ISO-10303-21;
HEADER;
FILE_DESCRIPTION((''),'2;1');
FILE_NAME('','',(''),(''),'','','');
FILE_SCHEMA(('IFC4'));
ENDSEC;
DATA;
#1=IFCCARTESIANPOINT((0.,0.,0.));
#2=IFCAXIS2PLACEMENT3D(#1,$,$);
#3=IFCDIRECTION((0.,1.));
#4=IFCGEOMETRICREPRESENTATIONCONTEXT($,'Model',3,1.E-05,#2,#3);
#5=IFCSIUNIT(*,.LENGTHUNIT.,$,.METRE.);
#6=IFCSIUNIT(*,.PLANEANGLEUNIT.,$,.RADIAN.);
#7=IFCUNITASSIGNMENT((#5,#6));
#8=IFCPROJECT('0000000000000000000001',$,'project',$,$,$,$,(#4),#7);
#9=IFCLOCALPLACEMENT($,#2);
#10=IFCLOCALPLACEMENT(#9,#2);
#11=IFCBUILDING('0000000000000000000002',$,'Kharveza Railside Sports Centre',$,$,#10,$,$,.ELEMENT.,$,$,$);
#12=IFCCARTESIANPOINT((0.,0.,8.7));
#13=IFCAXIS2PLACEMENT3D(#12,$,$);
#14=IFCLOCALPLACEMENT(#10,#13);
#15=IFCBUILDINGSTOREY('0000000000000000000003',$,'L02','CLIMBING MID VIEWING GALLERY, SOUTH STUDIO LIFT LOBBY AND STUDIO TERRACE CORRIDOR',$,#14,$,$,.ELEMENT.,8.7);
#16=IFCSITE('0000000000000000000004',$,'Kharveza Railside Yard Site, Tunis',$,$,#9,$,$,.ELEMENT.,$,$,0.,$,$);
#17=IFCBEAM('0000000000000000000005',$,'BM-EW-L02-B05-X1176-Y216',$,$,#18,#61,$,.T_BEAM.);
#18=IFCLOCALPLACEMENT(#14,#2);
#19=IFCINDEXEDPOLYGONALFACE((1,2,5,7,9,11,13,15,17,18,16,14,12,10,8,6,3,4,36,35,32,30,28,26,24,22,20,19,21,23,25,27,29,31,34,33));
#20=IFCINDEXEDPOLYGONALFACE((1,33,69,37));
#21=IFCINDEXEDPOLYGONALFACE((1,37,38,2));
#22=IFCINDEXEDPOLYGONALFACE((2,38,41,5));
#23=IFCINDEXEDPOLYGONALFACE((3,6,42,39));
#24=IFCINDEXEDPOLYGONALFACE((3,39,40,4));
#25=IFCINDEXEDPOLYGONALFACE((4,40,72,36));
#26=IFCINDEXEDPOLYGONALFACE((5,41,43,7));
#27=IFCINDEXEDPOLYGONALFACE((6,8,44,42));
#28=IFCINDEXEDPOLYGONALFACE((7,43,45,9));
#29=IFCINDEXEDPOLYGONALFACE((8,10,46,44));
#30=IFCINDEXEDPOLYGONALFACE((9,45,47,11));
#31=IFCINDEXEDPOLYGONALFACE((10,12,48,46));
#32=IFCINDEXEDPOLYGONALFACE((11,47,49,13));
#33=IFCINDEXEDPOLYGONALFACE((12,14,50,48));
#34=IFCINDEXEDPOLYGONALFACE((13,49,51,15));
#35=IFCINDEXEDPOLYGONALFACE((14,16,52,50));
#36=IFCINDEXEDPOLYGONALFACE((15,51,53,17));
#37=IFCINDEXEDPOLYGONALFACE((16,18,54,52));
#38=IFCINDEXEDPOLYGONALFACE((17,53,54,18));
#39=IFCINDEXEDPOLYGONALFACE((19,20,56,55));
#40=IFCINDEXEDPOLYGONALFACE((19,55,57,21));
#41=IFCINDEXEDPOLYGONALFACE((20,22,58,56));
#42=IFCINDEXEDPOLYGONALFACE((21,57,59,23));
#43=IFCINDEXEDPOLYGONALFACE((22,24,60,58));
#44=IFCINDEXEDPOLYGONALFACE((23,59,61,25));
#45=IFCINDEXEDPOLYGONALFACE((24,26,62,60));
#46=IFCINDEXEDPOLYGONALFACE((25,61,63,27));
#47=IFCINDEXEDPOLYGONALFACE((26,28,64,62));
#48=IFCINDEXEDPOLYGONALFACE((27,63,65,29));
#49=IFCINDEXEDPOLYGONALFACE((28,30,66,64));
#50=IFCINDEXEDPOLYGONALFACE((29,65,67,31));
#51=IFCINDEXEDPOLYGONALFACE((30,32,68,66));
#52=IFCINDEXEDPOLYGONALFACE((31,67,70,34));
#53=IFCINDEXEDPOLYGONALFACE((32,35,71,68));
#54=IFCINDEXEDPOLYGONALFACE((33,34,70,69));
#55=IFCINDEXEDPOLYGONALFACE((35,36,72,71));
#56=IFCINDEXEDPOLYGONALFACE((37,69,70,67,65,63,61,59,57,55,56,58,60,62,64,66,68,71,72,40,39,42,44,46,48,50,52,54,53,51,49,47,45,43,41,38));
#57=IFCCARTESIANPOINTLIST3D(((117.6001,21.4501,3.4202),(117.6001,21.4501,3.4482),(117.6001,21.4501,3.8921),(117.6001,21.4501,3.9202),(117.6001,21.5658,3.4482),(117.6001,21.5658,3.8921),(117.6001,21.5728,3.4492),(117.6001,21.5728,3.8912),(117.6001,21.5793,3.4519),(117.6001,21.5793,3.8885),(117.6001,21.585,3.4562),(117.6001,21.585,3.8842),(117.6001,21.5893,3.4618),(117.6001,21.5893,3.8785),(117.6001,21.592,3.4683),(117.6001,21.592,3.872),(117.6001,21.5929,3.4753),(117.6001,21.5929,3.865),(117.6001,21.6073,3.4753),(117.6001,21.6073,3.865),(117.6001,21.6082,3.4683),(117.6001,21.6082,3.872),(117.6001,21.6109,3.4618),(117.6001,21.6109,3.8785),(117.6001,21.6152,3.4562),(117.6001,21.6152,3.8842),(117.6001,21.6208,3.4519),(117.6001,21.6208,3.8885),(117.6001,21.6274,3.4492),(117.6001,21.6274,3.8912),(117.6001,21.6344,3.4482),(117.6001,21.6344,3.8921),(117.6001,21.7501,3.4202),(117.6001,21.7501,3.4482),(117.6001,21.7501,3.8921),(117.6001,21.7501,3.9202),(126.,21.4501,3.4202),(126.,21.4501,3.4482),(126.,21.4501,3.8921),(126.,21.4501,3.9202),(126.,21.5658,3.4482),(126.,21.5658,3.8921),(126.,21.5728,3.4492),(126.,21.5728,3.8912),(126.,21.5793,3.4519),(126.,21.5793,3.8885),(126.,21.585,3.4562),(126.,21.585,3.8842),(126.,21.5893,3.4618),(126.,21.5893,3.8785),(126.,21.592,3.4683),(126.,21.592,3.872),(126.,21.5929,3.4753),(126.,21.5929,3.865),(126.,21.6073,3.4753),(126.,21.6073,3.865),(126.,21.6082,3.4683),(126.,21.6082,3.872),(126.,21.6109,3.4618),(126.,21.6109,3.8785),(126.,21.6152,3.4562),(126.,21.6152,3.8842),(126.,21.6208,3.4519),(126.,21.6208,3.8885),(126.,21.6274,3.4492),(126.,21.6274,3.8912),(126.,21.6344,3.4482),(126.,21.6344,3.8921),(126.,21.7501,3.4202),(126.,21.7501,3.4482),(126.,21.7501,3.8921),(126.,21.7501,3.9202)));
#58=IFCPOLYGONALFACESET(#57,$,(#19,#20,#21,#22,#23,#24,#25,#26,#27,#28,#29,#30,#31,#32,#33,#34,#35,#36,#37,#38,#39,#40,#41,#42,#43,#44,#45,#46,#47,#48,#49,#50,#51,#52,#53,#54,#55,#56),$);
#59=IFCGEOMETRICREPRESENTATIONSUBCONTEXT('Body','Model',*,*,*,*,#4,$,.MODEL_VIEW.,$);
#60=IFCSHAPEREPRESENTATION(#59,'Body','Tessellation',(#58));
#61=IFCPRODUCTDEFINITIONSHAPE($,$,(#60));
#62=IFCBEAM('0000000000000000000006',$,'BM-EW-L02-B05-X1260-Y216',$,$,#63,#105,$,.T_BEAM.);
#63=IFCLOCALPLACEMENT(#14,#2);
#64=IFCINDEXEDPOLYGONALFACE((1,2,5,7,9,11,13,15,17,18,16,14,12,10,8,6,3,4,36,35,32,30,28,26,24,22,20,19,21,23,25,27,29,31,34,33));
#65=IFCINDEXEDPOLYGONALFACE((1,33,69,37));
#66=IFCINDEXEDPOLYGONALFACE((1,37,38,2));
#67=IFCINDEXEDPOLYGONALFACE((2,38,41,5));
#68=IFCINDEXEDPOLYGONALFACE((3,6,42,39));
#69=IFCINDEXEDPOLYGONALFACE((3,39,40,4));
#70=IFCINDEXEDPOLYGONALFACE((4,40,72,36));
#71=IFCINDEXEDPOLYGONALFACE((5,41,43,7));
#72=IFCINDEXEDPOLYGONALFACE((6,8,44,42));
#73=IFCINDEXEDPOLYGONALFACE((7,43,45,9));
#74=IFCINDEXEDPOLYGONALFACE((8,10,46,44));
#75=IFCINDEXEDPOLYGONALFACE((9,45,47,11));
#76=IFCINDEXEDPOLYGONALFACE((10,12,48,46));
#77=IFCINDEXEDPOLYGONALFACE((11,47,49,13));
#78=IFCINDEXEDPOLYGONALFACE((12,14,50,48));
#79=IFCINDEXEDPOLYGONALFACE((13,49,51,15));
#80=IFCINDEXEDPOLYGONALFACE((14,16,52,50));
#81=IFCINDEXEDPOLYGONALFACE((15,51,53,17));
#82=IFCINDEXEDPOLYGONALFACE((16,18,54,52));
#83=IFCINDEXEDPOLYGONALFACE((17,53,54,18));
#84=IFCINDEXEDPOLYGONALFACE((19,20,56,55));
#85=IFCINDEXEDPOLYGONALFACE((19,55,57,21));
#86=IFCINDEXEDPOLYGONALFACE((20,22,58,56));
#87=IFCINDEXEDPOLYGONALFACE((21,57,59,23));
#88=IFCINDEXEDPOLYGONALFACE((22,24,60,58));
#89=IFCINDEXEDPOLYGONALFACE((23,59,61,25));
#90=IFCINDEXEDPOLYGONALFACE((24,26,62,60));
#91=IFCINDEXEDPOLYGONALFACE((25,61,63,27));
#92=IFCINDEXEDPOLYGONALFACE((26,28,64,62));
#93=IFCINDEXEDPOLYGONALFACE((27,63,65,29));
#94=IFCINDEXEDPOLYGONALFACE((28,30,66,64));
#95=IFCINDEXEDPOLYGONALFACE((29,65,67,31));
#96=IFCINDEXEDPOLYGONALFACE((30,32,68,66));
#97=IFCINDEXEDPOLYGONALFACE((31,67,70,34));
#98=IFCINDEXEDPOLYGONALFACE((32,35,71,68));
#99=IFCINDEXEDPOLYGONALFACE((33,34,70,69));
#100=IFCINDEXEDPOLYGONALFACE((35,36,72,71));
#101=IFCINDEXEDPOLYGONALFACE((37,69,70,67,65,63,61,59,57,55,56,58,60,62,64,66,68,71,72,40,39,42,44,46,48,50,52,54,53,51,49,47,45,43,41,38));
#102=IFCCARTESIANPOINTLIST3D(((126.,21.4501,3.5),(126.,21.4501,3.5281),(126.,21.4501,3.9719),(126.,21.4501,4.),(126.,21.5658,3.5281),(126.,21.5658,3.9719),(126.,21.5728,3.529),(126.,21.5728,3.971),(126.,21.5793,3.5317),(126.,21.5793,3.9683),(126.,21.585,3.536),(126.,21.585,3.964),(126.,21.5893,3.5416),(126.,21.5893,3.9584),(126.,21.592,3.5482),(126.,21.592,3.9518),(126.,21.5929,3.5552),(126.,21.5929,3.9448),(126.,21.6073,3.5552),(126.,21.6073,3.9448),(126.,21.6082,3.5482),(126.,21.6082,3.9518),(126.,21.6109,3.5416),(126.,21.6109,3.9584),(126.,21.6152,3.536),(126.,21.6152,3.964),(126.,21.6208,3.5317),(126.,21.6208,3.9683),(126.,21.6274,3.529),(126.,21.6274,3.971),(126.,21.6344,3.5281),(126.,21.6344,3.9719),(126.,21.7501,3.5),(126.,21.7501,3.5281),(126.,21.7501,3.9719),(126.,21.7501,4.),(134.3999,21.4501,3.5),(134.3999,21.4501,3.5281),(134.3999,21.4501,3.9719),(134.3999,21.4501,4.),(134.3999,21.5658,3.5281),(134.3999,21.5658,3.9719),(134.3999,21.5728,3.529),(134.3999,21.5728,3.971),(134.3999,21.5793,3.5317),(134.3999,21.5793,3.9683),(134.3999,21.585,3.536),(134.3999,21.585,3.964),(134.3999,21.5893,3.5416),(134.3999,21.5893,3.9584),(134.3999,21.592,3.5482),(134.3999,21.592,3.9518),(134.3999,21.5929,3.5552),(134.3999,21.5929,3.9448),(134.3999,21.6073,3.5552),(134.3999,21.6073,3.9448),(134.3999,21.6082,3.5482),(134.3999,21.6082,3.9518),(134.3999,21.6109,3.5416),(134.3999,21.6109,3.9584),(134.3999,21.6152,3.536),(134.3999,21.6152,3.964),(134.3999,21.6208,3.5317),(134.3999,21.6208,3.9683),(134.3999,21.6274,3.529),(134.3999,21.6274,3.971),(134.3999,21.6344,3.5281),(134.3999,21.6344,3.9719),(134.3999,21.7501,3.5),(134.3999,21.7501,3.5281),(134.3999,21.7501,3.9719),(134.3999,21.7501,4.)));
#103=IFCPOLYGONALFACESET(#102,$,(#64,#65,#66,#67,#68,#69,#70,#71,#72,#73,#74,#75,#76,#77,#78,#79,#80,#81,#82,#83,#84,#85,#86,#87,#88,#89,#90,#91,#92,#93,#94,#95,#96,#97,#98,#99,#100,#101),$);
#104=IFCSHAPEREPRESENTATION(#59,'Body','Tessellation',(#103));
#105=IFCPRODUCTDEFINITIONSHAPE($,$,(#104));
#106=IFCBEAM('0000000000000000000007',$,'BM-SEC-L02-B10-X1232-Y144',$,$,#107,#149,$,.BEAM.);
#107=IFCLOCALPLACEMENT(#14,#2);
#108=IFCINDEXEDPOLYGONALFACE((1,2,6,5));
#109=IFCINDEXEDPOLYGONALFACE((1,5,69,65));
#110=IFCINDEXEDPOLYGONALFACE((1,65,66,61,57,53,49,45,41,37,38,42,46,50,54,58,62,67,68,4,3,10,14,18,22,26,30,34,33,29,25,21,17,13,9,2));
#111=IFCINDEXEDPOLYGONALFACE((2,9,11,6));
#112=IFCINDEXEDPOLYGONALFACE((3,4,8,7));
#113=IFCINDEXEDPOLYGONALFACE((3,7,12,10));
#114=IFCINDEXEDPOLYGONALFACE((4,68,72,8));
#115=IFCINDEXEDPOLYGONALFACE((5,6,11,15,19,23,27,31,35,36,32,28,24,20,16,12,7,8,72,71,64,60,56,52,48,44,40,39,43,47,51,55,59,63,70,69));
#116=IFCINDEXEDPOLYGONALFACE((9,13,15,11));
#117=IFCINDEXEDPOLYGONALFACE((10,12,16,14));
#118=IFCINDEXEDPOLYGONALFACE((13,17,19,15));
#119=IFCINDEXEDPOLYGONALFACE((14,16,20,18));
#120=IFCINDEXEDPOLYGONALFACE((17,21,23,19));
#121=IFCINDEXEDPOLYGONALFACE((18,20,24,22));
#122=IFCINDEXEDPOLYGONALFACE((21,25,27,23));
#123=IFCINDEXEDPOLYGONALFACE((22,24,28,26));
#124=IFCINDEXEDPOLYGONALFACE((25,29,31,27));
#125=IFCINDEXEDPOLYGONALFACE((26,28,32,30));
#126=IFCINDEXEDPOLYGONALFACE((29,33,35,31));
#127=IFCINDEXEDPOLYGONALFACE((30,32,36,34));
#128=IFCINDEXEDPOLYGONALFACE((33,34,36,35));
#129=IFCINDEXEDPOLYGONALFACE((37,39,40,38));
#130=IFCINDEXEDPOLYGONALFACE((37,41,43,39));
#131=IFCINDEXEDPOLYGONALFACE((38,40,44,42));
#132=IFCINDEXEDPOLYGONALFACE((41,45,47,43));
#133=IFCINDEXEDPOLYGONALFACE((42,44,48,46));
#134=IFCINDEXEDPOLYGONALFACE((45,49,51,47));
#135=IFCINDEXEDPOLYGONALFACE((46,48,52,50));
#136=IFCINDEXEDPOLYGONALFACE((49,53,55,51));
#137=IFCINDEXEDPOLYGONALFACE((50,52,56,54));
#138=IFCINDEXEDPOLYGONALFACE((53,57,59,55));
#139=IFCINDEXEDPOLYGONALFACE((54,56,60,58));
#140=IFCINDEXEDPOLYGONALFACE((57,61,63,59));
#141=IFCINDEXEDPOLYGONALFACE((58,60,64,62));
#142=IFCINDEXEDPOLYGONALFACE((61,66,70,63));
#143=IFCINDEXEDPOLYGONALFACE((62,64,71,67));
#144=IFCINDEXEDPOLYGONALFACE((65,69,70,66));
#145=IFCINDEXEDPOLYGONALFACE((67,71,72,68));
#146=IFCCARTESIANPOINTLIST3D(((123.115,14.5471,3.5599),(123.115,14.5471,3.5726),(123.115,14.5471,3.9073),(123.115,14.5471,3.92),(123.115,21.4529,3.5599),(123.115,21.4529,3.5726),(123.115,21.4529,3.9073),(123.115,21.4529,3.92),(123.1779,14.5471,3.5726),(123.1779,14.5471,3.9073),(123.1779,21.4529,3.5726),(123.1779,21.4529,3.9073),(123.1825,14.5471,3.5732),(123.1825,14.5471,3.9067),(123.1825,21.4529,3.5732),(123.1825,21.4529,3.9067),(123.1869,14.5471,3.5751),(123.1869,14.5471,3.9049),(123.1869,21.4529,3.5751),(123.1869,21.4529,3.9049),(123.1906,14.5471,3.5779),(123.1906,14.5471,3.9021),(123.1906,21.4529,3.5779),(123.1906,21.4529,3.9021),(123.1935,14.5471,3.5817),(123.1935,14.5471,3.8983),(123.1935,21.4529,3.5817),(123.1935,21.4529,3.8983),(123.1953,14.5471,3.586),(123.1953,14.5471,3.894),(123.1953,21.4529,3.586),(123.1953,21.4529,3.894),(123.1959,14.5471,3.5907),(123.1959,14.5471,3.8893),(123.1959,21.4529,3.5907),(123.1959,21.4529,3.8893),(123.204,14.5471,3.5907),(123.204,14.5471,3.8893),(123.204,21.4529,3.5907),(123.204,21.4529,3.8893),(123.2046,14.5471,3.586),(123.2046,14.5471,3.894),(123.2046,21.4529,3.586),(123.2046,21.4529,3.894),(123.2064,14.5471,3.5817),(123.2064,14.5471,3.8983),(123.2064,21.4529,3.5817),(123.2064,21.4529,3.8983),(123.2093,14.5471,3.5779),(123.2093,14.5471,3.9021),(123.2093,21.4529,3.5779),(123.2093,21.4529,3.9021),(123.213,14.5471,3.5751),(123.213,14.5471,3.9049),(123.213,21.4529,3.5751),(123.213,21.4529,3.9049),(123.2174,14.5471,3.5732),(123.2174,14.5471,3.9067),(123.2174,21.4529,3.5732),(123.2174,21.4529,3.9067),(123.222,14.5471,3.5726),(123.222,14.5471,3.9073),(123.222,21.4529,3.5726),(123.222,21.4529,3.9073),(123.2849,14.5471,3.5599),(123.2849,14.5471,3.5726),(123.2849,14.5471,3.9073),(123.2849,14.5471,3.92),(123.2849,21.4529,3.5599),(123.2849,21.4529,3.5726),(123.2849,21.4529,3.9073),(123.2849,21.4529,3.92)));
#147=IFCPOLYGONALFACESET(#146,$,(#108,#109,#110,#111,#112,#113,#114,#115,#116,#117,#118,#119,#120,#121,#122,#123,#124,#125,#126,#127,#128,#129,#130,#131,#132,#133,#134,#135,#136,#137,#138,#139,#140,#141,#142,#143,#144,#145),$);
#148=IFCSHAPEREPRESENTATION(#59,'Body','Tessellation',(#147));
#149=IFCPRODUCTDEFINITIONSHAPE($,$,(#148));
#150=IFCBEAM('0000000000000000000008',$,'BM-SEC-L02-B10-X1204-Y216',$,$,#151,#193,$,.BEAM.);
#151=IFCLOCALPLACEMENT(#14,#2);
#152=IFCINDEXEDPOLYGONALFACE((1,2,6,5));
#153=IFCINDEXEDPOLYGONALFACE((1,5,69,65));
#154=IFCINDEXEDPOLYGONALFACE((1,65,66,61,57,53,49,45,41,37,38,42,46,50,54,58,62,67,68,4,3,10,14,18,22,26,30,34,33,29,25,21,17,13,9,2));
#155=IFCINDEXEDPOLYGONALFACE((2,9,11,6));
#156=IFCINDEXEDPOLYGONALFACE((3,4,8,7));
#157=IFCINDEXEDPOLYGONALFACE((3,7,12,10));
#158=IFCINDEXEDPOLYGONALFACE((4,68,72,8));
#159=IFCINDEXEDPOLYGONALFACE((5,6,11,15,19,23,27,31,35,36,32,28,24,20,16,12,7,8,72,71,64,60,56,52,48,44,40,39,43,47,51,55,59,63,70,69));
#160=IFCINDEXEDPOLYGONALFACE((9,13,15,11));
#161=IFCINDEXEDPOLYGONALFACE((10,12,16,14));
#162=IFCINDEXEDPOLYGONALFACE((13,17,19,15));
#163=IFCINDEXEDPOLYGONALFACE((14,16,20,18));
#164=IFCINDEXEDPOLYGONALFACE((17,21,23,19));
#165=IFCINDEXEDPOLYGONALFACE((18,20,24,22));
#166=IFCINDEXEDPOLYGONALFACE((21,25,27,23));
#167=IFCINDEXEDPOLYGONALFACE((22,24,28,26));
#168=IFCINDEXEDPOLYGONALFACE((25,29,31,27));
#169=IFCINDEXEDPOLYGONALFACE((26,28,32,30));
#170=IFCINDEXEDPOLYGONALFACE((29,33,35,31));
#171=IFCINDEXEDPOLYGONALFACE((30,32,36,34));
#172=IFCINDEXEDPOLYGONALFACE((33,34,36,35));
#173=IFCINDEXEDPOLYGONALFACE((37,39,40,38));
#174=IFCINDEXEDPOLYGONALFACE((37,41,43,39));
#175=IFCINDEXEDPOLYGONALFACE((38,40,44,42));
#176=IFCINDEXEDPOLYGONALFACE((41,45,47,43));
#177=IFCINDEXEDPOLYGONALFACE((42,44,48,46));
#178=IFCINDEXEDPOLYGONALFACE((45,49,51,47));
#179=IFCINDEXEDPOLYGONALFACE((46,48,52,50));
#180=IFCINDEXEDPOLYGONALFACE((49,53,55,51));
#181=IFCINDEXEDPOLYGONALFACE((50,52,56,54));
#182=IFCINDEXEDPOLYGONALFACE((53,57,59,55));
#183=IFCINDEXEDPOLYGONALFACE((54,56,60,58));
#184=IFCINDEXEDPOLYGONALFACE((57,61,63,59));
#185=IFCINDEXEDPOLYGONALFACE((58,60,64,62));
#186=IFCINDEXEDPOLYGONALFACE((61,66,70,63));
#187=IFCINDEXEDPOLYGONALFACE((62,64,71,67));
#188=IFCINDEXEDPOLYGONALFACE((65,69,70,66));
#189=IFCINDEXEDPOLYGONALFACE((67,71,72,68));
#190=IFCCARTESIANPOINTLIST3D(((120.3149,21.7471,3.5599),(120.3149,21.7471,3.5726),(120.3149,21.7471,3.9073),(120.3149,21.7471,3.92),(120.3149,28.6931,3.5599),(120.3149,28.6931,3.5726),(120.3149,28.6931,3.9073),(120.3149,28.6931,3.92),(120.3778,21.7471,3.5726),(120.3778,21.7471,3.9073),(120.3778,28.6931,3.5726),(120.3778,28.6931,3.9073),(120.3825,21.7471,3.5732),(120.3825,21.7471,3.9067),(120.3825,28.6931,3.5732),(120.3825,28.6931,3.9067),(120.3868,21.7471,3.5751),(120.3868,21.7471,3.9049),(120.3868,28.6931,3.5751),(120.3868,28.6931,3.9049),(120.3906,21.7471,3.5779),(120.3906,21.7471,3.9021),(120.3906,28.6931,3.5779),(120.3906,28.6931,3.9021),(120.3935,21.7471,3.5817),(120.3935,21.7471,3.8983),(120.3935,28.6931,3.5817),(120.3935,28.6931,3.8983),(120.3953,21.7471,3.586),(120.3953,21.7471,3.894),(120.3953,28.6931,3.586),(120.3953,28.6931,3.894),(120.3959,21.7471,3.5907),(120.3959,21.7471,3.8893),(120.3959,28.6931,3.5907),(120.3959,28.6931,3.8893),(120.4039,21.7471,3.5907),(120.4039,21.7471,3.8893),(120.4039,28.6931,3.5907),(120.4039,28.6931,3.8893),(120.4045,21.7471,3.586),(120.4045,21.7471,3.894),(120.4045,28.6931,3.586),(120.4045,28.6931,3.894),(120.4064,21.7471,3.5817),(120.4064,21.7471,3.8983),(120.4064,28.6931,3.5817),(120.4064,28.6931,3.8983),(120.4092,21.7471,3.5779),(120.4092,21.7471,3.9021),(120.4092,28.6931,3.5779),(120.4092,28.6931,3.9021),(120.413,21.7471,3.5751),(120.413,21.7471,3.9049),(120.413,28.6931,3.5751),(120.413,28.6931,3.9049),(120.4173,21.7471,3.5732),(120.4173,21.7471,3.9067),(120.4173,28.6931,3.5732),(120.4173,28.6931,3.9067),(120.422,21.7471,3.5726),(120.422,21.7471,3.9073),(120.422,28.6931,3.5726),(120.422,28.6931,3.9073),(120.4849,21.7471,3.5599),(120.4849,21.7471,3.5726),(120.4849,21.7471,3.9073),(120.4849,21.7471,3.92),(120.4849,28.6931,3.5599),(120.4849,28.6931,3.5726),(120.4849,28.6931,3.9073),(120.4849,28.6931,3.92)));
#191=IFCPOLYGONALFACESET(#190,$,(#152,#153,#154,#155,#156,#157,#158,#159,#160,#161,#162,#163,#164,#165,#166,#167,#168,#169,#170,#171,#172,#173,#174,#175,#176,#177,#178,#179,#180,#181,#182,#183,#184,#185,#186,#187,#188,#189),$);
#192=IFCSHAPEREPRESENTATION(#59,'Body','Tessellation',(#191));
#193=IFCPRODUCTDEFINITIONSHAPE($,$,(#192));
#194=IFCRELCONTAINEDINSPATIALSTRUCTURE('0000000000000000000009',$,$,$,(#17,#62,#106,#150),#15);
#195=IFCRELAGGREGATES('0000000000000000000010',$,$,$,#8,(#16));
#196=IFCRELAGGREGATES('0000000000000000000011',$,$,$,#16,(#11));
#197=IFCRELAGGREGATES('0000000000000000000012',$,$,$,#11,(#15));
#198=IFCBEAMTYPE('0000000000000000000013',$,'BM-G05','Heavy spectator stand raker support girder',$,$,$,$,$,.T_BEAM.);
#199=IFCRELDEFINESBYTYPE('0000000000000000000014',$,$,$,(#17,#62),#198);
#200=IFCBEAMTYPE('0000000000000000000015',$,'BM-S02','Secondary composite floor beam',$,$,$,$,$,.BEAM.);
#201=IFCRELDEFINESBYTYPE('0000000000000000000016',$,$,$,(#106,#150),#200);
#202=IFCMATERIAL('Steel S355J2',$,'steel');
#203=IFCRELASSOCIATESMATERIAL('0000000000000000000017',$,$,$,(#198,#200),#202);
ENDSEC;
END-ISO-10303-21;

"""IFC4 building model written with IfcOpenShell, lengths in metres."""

from ifc_helpers import new_model, si_unit, direction, frame, origin, origin_2d, place, context, subcontext, project, spatial, i_section, extrude, material, material_profile, profile_set, type_object, element, save


model = new_model("IFC4")

# Units and contexts
model_context = context("Model", 3, precision=1e-05, world=origin(), true_north=direction((0.0, 1.0)))
body_context = subcontext(model_context, "Body", "Model", "MODEL_VIEW")
ifc_project = project(units=[si_unit("LENGTHUNIT", "METRE"), si_unit("PLANEANGLEUNIT", "RADIAN")], contexts=[model_context])

# Site, building, storey
site_placement = place(None, origin())
site = spatial("IfcSite", under=ifc_project, at=site_placement, Name="Kharveza Railside Yard Site, Tunis", CompositionType="ELEMENT", RefElevation=0.0)
building_placement = place(site_placement, origin())
building = spatial("IfcBuilding", under=site, at=building_placement, Name="Kharveza Railside Sports Centre", CompositionType="ELEMENT")
storey_placement = place(building_placement, frame((0.0, 0.0, 8.7)))
storey = spatial("IfcBuildingStorey", under=building, at=storey_placement, Name="L02", Description="CLIMBING MID VIEWING GALLERY, SOUTH STUDIO LIFT LOBBY AND STUDIO TERRACE CORRIDOR", CompositionType="ELEMENT", Elevation=8.7)

# Shared definitions
ifc_material_1 = material(Name="Steel S355J2", Category="steel")

# Beams
ifc_material_profile_1 = material_profile(ifc_material_1, i_section(OverallWidth=0.3, OverallDepth=0.5, WebThickness=0.0144, FlangeThickness=0.0281, FilletRadius=0.0271, at=origin_2d()), Name="HEB 500")
ifc_profile_set_1 = profile_set([ifc_material_profile_1], Name="Steel S355J2")
beam_type_1 = type_object("IfcBeamType", Name="BM-G05", Description="Heavy spectator stand raker support girder", PredefinedType="T_BEAM", material=ifc_profile_set_1)
for number, where, z_axis, x_axis, name in (
    (1, (117.6001, 21.6001, 3.6702), (1.0, 0.0, 0.0), (0.0, 1.0, 0.0), "BM-EW-L02-B05-X1176-Y216"),
    (2, (126.0, 21.6001, 3.75), (1.0, 0.0, 0.0), (0.0, 1.0, 0.0), "BM-EW-L02-B05-X1260-Y216"),
):
    element("IfcBeam", number, at=place(storey_placement, frame(where, z_axis=z_axis, x_axis=x_axis)), inside=storey, type_object=beam_type_1, Name=name, PredefinedType="T_BEAM", context=body_context, shape_type="SweptSolid", body=[
        extrude(i_section(OverallWidth=0.3, OverallDepth=0.5, WebThickness=0.0144, FlangeThickness=0.0281, FilletRadius=0.0271, at=origin_2d()), origin(), (0.0, 0.0, 1.0), 8.3999),
    ])
ifc_material_profile_2 = material_profile(ifc_material_1, i_section(OverallWidth=0.1699, OverallDepth=0.3601, WebThickness=0.0081, FlangeThickness=0.0127, FilletRadius=0.0181, at=origin_2d()), Name="IPE 360")
ifc_profile_set_2 = profile_set([ifc_material_profile_2], Name="Steel S355J2")
beam_type_2 = type_object("IfcBeamType", Name="BM-S02", Description="Secondary composite floor beam", PredefinedType="BEAM", material=ifc_profile_set_2)
beam_1_placement = place(storey_placement, frame((123.2, 14.5471, 3.74), z_axis=(0.0, 1.0, 0.0), x_axis=(-1.0, 0.0, 0.0)))
element("IfcBeam", 3, at=beam_1_placement, inside=storey, type_object=beam_type_2, Name="BM-SEC-L02-B10-X1232-Y144", PredefinedType="BEAM", context=body_context, shape_type="SweptSolid", body=[
    extrude(i_section(OverallWidth=0.1699, OverallDepth=0.3601, WebThickness=0.0081, FlangeThickness=0.0127, FilletRadius=0.0181, at=origin_2d()), origin(), (0.0, 0.0, 1.0), 6.9058),
])
beam_2_placement = place(storey_placement, frame((120.3999, 21.7471, 3.74), z_axis=(0.0, 1.0, 0.0), x_axis=(-1.0, 0.0, 0.0)))
element("IfcBeam", 4, at=beam_2_placement, inside=storey, type_object=beam_type_2, Name="BM-SEC-L02-B10-X1204-Y216", PredefinedType="BEAM", context=body_context, shape_type="SweptSolid", body=[
    extrude(i_section(OverallWidth=0.1699, OverallDepth=0.3601, WebThickness=0.0081, FlangeThickness=0.0127, FilletRadius=0.0181, at=origin_2d()), origin(), (0.0, 0.0, 1.0), 6.946),
])

save(model, "model.ifc")
